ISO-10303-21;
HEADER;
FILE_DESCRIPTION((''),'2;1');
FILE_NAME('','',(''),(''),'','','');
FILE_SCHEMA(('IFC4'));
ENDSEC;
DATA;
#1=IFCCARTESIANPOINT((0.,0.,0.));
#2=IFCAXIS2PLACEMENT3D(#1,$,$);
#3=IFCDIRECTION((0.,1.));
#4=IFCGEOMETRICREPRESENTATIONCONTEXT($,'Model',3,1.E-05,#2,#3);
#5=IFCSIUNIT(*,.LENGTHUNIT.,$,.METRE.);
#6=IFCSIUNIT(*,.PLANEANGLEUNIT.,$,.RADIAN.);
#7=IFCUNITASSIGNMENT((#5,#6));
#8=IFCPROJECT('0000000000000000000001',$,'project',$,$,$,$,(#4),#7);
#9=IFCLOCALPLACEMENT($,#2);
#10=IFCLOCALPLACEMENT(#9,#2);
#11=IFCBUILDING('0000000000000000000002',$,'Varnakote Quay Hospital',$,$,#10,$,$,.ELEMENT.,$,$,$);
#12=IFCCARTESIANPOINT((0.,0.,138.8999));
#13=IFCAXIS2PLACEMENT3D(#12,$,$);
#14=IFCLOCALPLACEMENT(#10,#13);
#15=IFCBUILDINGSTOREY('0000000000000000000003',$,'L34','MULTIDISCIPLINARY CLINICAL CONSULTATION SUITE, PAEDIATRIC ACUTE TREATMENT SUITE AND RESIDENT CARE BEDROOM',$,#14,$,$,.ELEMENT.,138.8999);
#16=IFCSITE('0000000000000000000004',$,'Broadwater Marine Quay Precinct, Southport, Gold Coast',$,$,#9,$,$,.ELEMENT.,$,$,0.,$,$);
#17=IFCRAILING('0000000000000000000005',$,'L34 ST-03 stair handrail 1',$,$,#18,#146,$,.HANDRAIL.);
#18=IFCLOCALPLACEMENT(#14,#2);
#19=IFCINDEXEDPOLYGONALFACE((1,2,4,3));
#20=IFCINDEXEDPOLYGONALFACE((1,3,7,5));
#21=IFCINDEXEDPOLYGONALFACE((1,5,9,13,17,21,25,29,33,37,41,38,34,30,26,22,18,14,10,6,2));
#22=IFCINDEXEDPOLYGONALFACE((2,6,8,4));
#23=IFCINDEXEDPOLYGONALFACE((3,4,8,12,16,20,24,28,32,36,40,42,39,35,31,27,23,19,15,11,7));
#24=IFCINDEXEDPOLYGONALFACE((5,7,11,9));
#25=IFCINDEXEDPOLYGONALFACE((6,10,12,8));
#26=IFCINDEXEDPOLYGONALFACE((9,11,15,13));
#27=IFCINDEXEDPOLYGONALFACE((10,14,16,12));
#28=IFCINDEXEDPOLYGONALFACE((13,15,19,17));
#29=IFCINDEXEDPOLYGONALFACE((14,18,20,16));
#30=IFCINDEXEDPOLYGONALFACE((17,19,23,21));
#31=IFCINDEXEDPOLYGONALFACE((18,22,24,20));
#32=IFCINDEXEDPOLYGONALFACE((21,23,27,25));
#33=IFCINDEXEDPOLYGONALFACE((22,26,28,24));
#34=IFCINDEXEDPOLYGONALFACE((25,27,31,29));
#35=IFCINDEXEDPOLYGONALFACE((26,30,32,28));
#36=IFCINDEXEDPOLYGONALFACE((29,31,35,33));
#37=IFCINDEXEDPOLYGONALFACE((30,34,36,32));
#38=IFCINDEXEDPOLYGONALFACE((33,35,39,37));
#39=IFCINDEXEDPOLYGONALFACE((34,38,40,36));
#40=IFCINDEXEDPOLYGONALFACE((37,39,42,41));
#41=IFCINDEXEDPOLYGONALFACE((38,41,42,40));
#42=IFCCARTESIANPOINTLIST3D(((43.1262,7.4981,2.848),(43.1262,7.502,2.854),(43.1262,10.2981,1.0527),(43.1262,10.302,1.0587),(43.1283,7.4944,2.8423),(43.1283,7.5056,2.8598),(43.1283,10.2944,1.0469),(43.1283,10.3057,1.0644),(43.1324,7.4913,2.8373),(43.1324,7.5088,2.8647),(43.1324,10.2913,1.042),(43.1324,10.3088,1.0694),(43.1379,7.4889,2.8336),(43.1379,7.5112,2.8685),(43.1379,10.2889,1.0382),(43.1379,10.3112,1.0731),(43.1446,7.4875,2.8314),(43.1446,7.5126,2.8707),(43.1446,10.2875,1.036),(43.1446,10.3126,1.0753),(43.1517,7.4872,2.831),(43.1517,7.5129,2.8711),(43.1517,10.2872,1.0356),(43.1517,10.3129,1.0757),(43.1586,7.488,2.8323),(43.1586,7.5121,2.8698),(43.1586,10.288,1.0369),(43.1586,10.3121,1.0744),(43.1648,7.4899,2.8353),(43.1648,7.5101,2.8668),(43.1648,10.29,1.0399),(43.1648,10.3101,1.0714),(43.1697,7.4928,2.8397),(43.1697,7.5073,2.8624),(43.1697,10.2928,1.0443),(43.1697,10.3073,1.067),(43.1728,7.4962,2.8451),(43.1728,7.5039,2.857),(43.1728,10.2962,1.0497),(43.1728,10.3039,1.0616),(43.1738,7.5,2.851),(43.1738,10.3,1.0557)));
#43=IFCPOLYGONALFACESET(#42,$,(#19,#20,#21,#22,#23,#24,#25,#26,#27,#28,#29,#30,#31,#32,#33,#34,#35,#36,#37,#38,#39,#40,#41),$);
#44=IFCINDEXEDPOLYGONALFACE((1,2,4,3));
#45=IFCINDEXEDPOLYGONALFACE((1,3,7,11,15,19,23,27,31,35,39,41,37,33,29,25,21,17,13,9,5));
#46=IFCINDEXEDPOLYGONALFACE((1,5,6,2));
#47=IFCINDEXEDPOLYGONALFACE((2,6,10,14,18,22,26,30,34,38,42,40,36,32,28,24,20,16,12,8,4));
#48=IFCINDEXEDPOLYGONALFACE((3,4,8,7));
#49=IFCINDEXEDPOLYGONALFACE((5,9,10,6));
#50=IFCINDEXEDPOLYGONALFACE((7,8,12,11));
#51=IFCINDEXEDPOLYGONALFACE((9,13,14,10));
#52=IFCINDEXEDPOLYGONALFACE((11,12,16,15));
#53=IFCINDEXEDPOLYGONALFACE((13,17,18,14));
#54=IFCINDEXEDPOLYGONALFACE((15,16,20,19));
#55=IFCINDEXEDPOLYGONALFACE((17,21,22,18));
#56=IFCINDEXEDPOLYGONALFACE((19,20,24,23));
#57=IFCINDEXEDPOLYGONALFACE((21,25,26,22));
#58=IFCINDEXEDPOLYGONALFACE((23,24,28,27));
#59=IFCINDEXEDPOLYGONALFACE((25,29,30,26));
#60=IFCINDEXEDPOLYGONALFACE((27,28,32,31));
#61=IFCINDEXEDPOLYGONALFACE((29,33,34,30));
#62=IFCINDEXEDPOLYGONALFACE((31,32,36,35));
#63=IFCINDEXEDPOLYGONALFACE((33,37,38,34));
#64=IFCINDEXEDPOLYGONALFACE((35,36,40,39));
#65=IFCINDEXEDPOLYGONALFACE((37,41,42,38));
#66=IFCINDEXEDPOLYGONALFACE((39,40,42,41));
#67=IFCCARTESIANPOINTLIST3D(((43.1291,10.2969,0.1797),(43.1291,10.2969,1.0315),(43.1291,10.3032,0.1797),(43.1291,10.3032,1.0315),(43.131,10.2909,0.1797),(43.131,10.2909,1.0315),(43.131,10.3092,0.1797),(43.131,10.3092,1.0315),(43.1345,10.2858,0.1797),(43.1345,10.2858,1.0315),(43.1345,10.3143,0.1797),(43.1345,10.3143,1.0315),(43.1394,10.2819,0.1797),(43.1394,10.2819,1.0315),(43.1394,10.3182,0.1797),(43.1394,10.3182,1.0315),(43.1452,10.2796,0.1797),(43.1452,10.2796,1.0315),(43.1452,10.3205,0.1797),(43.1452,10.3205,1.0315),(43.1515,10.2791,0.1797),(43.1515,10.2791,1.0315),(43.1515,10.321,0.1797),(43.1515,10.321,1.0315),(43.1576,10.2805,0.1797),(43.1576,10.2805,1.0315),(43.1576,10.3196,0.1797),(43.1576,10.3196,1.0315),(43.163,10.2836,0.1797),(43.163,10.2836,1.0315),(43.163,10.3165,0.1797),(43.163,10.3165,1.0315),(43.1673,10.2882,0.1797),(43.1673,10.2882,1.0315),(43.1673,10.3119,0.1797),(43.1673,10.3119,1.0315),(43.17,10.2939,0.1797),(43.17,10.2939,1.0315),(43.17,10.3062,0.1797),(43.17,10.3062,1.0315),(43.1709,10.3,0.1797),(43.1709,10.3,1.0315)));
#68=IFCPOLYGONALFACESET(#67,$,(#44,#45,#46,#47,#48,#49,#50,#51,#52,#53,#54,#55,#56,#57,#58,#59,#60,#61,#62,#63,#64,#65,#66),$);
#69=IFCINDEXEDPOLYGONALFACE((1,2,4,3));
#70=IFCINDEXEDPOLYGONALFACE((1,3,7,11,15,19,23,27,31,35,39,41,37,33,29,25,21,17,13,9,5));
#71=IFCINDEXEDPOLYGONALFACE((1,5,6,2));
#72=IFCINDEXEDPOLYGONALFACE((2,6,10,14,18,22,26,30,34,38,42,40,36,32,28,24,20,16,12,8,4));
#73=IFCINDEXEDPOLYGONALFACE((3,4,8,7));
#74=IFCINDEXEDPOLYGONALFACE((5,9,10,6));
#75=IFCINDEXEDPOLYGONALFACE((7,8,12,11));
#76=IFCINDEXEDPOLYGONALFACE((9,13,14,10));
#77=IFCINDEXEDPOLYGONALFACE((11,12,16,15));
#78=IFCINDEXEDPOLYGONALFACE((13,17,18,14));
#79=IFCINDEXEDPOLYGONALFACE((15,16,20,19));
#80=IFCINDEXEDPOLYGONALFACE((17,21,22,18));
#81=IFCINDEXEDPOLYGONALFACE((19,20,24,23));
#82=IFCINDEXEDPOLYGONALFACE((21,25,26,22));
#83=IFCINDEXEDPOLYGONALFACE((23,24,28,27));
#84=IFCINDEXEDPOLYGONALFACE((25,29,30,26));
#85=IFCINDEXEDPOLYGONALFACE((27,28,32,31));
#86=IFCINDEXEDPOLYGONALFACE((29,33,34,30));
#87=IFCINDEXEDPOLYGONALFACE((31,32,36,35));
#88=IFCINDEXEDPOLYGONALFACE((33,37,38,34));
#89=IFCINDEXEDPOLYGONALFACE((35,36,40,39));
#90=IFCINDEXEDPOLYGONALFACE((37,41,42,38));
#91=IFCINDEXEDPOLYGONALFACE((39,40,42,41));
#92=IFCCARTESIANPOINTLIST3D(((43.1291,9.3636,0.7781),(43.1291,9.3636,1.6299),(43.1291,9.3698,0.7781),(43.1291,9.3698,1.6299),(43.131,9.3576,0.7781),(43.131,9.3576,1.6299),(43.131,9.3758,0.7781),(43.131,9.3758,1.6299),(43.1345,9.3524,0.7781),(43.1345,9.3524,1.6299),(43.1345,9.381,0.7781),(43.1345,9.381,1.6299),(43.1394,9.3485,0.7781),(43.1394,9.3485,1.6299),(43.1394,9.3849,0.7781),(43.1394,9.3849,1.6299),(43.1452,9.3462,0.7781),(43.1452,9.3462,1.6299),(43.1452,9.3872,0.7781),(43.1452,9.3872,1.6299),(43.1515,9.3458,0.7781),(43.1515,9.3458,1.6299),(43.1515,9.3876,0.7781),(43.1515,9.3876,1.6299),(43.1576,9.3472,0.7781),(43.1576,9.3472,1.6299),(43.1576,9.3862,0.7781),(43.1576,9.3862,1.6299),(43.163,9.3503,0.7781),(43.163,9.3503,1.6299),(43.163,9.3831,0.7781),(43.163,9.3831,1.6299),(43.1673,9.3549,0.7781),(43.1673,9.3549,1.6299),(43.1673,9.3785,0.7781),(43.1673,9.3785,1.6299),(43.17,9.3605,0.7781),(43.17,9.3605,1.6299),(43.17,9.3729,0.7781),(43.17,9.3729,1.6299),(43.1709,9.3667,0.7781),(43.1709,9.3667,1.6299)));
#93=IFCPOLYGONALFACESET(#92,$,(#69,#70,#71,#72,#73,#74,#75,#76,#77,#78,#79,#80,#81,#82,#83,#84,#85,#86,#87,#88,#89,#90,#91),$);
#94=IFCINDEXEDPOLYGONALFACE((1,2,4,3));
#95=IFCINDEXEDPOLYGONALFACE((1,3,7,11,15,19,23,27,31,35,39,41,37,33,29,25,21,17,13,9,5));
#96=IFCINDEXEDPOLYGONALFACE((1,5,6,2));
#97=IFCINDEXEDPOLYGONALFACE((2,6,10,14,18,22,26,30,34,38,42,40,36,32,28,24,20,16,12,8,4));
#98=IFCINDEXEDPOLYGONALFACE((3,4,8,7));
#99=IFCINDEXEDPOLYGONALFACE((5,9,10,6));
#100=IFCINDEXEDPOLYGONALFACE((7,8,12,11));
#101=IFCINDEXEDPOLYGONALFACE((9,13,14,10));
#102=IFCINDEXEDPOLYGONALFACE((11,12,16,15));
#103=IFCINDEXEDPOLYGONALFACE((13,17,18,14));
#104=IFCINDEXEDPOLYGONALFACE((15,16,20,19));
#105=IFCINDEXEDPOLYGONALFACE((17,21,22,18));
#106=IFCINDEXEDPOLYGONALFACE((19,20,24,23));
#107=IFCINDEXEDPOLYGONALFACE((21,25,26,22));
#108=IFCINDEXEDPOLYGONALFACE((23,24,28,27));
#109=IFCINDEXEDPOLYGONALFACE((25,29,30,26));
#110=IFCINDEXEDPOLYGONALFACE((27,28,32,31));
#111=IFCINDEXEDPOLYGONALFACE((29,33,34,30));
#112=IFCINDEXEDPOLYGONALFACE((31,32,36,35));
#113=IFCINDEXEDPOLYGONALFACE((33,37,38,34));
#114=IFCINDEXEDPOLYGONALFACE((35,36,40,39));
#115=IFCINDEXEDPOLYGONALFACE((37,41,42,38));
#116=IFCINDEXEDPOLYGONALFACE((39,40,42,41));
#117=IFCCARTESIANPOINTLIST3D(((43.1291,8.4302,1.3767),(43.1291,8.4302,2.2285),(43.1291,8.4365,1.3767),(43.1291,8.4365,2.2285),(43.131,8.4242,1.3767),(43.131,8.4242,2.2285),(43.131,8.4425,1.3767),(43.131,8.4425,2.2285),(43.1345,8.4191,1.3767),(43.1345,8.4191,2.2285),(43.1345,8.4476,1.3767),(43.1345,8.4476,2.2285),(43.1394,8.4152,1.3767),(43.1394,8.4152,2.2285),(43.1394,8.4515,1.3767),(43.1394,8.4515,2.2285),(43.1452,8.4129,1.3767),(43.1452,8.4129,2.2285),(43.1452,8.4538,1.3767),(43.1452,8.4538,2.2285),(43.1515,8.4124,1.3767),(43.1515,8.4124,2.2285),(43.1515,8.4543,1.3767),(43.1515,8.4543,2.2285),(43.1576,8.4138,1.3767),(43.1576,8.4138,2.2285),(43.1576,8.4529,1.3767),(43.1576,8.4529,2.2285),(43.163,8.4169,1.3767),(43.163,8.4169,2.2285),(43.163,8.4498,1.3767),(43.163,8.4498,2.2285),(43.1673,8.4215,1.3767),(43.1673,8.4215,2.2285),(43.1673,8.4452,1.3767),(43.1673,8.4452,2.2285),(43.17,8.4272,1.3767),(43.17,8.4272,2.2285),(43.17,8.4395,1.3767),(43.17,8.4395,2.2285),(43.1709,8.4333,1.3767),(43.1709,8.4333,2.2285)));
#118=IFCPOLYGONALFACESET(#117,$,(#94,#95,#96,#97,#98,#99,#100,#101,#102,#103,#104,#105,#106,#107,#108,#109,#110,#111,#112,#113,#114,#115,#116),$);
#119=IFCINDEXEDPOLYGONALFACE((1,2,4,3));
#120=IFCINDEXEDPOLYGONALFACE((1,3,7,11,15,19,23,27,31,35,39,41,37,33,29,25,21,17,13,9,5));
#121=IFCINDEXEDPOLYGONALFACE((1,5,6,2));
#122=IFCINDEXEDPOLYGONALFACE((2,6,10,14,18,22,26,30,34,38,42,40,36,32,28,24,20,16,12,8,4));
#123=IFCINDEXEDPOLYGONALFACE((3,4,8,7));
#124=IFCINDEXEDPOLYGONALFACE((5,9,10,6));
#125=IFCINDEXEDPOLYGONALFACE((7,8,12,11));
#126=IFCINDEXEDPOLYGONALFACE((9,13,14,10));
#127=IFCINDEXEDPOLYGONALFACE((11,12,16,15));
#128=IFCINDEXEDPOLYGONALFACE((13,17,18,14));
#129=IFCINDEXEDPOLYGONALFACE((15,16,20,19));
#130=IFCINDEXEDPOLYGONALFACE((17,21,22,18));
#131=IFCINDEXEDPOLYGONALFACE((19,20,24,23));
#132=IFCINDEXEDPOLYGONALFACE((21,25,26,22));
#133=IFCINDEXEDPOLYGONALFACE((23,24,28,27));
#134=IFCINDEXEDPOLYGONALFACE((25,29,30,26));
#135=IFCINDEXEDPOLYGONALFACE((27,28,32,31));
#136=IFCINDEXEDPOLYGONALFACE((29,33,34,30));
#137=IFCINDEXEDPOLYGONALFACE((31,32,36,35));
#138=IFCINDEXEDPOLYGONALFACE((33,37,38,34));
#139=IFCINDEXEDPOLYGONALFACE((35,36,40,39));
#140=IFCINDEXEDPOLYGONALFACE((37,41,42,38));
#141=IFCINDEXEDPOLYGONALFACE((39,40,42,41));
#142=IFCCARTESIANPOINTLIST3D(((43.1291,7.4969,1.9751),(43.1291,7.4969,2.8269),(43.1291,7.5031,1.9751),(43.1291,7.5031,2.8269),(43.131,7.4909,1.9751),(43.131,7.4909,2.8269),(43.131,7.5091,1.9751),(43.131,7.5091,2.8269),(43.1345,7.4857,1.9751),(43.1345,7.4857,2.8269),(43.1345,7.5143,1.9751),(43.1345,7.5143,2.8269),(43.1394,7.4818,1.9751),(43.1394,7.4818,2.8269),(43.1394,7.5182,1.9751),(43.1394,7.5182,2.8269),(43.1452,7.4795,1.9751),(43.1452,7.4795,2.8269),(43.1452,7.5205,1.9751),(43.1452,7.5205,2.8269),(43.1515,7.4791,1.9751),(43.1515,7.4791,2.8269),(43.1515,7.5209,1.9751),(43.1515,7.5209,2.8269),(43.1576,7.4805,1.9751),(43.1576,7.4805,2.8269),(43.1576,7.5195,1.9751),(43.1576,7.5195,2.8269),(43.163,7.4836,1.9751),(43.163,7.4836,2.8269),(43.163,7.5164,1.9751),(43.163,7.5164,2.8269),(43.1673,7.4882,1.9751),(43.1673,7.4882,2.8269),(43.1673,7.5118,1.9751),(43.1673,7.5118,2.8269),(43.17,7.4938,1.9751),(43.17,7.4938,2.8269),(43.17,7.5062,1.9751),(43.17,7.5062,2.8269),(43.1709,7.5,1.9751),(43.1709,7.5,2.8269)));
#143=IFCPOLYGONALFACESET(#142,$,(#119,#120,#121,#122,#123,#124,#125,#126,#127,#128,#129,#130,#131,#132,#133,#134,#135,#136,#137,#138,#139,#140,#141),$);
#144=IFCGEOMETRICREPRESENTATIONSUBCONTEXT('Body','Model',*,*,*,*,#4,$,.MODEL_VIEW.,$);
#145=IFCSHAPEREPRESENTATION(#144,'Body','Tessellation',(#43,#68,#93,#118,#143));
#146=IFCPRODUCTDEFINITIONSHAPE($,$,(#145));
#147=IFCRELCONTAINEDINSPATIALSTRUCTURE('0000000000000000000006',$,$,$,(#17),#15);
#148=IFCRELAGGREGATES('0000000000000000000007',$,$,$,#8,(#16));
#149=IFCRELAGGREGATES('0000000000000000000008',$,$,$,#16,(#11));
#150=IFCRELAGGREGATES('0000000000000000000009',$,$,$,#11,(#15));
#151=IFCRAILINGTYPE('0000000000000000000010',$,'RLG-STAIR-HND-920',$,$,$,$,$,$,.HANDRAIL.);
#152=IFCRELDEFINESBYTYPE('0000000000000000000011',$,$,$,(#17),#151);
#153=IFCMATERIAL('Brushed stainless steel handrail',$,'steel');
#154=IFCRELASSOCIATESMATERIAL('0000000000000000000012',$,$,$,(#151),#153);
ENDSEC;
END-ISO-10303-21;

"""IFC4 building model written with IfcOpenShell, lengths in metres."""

from ifc_helpers import new_model, si_unit, direction, frame, origin, origin_2d, place, context, subcontext, project, spatial, circle, extrude, material, type_object, element, save


model = new_model("IFC4")

# Units and contexts
model_context = context("Model", 3, precision=1e-05, world=origin(), true_north=direction((0.0, 1.0)))
body_context = subcontext(model_context, "Body", "Model", "MODEL_VIEW")
ifc_project = project(units=[si_unit("LENGTHUNIT", "METRE"), si_unit("PLANEANGLEUNIT", "RADIAN")], contexts=[model_context])

# Site, building, storey
site_placement = place(None, origin())
site = spatial("IfcSite", under=ifc_project, at=site_placement, Name="Broadwater Marine Quay Precinct, Southport, Gold Coast", CompositionType="ELEMENT", RefElevation=0.0)
building_placement = place(site_placement, origin())
building = spatial("IfcBuilding", under=site, at=building_placement, Name="Varnakote Quay Hospital", CompositionType="ELEMENT")
storey_placement = place(building_placement, frame((0.0, 0.0, 138.8999)))
storey = spatial("IfcBuildingStorey", under=building, at=storey_placement, Name="L34", Description="MULTIDISCIPLINARY CLINICAL CONSULTATION SUITE, PAEDIATRIC ACUTE TREATMENT SUITE AND RESIDENT CARE BEDROOM", CompositionType="ELEMENT", Elevation=138.8999)

# Railing
ifc_material_1 = material(Name="Brushed stainless steel handrail", Category="steel")
railing_type_1 = type_object("IfcRailingType", Name="RLG-STAIR-HND-920", PredefinedType="HANDRAIL", material=ifc_material_1)
railing_1_placement = place(storey_placement, frame((43.1499, 10.3, 0.1797)))
element("IfcRailing", 1, at=railing_1_placement, inside=storey, type_object=railing_type_1, Name="L34 ST-03 stair handrail 1", PredefinedType="HANDRAIL", context=body_context, shape_type="SweptSolid", body=[
    extrude(circle(Radius=0.0239, at=origin_2d()), frame((0.0, 0.0, 0.876), z_axis=(0.0, -0.84181, 0.539774), x_axis=(1.0, 0.0, 0.0)), (0.0, 0.0, 1.0), 3.3262),
    extrude(circle(Radius=0.021, at=origin_2d()), origin(), (0.0, 0.0, 1.0), 0.8518),
    extrude(circle(Radius=0.021, at=origin_2d()), frame((0.0, -0.9333, 0.5984)), (0.0, 0.0, 1.0), 0.8518),
    extrude(circle(Radius=0.021, at=origin_2d()), frame((0.0, -1.8667, 1.197)), (0.0, 0.0, 1.0), 0.8518),
    extrude(circle(Radius=0.021, at=origin_2d()), frame((0.0, -2.8, 1.7954)), (0.0, 0.0, 1.0), 0.8518),
])

save(model, "model.ifc")
